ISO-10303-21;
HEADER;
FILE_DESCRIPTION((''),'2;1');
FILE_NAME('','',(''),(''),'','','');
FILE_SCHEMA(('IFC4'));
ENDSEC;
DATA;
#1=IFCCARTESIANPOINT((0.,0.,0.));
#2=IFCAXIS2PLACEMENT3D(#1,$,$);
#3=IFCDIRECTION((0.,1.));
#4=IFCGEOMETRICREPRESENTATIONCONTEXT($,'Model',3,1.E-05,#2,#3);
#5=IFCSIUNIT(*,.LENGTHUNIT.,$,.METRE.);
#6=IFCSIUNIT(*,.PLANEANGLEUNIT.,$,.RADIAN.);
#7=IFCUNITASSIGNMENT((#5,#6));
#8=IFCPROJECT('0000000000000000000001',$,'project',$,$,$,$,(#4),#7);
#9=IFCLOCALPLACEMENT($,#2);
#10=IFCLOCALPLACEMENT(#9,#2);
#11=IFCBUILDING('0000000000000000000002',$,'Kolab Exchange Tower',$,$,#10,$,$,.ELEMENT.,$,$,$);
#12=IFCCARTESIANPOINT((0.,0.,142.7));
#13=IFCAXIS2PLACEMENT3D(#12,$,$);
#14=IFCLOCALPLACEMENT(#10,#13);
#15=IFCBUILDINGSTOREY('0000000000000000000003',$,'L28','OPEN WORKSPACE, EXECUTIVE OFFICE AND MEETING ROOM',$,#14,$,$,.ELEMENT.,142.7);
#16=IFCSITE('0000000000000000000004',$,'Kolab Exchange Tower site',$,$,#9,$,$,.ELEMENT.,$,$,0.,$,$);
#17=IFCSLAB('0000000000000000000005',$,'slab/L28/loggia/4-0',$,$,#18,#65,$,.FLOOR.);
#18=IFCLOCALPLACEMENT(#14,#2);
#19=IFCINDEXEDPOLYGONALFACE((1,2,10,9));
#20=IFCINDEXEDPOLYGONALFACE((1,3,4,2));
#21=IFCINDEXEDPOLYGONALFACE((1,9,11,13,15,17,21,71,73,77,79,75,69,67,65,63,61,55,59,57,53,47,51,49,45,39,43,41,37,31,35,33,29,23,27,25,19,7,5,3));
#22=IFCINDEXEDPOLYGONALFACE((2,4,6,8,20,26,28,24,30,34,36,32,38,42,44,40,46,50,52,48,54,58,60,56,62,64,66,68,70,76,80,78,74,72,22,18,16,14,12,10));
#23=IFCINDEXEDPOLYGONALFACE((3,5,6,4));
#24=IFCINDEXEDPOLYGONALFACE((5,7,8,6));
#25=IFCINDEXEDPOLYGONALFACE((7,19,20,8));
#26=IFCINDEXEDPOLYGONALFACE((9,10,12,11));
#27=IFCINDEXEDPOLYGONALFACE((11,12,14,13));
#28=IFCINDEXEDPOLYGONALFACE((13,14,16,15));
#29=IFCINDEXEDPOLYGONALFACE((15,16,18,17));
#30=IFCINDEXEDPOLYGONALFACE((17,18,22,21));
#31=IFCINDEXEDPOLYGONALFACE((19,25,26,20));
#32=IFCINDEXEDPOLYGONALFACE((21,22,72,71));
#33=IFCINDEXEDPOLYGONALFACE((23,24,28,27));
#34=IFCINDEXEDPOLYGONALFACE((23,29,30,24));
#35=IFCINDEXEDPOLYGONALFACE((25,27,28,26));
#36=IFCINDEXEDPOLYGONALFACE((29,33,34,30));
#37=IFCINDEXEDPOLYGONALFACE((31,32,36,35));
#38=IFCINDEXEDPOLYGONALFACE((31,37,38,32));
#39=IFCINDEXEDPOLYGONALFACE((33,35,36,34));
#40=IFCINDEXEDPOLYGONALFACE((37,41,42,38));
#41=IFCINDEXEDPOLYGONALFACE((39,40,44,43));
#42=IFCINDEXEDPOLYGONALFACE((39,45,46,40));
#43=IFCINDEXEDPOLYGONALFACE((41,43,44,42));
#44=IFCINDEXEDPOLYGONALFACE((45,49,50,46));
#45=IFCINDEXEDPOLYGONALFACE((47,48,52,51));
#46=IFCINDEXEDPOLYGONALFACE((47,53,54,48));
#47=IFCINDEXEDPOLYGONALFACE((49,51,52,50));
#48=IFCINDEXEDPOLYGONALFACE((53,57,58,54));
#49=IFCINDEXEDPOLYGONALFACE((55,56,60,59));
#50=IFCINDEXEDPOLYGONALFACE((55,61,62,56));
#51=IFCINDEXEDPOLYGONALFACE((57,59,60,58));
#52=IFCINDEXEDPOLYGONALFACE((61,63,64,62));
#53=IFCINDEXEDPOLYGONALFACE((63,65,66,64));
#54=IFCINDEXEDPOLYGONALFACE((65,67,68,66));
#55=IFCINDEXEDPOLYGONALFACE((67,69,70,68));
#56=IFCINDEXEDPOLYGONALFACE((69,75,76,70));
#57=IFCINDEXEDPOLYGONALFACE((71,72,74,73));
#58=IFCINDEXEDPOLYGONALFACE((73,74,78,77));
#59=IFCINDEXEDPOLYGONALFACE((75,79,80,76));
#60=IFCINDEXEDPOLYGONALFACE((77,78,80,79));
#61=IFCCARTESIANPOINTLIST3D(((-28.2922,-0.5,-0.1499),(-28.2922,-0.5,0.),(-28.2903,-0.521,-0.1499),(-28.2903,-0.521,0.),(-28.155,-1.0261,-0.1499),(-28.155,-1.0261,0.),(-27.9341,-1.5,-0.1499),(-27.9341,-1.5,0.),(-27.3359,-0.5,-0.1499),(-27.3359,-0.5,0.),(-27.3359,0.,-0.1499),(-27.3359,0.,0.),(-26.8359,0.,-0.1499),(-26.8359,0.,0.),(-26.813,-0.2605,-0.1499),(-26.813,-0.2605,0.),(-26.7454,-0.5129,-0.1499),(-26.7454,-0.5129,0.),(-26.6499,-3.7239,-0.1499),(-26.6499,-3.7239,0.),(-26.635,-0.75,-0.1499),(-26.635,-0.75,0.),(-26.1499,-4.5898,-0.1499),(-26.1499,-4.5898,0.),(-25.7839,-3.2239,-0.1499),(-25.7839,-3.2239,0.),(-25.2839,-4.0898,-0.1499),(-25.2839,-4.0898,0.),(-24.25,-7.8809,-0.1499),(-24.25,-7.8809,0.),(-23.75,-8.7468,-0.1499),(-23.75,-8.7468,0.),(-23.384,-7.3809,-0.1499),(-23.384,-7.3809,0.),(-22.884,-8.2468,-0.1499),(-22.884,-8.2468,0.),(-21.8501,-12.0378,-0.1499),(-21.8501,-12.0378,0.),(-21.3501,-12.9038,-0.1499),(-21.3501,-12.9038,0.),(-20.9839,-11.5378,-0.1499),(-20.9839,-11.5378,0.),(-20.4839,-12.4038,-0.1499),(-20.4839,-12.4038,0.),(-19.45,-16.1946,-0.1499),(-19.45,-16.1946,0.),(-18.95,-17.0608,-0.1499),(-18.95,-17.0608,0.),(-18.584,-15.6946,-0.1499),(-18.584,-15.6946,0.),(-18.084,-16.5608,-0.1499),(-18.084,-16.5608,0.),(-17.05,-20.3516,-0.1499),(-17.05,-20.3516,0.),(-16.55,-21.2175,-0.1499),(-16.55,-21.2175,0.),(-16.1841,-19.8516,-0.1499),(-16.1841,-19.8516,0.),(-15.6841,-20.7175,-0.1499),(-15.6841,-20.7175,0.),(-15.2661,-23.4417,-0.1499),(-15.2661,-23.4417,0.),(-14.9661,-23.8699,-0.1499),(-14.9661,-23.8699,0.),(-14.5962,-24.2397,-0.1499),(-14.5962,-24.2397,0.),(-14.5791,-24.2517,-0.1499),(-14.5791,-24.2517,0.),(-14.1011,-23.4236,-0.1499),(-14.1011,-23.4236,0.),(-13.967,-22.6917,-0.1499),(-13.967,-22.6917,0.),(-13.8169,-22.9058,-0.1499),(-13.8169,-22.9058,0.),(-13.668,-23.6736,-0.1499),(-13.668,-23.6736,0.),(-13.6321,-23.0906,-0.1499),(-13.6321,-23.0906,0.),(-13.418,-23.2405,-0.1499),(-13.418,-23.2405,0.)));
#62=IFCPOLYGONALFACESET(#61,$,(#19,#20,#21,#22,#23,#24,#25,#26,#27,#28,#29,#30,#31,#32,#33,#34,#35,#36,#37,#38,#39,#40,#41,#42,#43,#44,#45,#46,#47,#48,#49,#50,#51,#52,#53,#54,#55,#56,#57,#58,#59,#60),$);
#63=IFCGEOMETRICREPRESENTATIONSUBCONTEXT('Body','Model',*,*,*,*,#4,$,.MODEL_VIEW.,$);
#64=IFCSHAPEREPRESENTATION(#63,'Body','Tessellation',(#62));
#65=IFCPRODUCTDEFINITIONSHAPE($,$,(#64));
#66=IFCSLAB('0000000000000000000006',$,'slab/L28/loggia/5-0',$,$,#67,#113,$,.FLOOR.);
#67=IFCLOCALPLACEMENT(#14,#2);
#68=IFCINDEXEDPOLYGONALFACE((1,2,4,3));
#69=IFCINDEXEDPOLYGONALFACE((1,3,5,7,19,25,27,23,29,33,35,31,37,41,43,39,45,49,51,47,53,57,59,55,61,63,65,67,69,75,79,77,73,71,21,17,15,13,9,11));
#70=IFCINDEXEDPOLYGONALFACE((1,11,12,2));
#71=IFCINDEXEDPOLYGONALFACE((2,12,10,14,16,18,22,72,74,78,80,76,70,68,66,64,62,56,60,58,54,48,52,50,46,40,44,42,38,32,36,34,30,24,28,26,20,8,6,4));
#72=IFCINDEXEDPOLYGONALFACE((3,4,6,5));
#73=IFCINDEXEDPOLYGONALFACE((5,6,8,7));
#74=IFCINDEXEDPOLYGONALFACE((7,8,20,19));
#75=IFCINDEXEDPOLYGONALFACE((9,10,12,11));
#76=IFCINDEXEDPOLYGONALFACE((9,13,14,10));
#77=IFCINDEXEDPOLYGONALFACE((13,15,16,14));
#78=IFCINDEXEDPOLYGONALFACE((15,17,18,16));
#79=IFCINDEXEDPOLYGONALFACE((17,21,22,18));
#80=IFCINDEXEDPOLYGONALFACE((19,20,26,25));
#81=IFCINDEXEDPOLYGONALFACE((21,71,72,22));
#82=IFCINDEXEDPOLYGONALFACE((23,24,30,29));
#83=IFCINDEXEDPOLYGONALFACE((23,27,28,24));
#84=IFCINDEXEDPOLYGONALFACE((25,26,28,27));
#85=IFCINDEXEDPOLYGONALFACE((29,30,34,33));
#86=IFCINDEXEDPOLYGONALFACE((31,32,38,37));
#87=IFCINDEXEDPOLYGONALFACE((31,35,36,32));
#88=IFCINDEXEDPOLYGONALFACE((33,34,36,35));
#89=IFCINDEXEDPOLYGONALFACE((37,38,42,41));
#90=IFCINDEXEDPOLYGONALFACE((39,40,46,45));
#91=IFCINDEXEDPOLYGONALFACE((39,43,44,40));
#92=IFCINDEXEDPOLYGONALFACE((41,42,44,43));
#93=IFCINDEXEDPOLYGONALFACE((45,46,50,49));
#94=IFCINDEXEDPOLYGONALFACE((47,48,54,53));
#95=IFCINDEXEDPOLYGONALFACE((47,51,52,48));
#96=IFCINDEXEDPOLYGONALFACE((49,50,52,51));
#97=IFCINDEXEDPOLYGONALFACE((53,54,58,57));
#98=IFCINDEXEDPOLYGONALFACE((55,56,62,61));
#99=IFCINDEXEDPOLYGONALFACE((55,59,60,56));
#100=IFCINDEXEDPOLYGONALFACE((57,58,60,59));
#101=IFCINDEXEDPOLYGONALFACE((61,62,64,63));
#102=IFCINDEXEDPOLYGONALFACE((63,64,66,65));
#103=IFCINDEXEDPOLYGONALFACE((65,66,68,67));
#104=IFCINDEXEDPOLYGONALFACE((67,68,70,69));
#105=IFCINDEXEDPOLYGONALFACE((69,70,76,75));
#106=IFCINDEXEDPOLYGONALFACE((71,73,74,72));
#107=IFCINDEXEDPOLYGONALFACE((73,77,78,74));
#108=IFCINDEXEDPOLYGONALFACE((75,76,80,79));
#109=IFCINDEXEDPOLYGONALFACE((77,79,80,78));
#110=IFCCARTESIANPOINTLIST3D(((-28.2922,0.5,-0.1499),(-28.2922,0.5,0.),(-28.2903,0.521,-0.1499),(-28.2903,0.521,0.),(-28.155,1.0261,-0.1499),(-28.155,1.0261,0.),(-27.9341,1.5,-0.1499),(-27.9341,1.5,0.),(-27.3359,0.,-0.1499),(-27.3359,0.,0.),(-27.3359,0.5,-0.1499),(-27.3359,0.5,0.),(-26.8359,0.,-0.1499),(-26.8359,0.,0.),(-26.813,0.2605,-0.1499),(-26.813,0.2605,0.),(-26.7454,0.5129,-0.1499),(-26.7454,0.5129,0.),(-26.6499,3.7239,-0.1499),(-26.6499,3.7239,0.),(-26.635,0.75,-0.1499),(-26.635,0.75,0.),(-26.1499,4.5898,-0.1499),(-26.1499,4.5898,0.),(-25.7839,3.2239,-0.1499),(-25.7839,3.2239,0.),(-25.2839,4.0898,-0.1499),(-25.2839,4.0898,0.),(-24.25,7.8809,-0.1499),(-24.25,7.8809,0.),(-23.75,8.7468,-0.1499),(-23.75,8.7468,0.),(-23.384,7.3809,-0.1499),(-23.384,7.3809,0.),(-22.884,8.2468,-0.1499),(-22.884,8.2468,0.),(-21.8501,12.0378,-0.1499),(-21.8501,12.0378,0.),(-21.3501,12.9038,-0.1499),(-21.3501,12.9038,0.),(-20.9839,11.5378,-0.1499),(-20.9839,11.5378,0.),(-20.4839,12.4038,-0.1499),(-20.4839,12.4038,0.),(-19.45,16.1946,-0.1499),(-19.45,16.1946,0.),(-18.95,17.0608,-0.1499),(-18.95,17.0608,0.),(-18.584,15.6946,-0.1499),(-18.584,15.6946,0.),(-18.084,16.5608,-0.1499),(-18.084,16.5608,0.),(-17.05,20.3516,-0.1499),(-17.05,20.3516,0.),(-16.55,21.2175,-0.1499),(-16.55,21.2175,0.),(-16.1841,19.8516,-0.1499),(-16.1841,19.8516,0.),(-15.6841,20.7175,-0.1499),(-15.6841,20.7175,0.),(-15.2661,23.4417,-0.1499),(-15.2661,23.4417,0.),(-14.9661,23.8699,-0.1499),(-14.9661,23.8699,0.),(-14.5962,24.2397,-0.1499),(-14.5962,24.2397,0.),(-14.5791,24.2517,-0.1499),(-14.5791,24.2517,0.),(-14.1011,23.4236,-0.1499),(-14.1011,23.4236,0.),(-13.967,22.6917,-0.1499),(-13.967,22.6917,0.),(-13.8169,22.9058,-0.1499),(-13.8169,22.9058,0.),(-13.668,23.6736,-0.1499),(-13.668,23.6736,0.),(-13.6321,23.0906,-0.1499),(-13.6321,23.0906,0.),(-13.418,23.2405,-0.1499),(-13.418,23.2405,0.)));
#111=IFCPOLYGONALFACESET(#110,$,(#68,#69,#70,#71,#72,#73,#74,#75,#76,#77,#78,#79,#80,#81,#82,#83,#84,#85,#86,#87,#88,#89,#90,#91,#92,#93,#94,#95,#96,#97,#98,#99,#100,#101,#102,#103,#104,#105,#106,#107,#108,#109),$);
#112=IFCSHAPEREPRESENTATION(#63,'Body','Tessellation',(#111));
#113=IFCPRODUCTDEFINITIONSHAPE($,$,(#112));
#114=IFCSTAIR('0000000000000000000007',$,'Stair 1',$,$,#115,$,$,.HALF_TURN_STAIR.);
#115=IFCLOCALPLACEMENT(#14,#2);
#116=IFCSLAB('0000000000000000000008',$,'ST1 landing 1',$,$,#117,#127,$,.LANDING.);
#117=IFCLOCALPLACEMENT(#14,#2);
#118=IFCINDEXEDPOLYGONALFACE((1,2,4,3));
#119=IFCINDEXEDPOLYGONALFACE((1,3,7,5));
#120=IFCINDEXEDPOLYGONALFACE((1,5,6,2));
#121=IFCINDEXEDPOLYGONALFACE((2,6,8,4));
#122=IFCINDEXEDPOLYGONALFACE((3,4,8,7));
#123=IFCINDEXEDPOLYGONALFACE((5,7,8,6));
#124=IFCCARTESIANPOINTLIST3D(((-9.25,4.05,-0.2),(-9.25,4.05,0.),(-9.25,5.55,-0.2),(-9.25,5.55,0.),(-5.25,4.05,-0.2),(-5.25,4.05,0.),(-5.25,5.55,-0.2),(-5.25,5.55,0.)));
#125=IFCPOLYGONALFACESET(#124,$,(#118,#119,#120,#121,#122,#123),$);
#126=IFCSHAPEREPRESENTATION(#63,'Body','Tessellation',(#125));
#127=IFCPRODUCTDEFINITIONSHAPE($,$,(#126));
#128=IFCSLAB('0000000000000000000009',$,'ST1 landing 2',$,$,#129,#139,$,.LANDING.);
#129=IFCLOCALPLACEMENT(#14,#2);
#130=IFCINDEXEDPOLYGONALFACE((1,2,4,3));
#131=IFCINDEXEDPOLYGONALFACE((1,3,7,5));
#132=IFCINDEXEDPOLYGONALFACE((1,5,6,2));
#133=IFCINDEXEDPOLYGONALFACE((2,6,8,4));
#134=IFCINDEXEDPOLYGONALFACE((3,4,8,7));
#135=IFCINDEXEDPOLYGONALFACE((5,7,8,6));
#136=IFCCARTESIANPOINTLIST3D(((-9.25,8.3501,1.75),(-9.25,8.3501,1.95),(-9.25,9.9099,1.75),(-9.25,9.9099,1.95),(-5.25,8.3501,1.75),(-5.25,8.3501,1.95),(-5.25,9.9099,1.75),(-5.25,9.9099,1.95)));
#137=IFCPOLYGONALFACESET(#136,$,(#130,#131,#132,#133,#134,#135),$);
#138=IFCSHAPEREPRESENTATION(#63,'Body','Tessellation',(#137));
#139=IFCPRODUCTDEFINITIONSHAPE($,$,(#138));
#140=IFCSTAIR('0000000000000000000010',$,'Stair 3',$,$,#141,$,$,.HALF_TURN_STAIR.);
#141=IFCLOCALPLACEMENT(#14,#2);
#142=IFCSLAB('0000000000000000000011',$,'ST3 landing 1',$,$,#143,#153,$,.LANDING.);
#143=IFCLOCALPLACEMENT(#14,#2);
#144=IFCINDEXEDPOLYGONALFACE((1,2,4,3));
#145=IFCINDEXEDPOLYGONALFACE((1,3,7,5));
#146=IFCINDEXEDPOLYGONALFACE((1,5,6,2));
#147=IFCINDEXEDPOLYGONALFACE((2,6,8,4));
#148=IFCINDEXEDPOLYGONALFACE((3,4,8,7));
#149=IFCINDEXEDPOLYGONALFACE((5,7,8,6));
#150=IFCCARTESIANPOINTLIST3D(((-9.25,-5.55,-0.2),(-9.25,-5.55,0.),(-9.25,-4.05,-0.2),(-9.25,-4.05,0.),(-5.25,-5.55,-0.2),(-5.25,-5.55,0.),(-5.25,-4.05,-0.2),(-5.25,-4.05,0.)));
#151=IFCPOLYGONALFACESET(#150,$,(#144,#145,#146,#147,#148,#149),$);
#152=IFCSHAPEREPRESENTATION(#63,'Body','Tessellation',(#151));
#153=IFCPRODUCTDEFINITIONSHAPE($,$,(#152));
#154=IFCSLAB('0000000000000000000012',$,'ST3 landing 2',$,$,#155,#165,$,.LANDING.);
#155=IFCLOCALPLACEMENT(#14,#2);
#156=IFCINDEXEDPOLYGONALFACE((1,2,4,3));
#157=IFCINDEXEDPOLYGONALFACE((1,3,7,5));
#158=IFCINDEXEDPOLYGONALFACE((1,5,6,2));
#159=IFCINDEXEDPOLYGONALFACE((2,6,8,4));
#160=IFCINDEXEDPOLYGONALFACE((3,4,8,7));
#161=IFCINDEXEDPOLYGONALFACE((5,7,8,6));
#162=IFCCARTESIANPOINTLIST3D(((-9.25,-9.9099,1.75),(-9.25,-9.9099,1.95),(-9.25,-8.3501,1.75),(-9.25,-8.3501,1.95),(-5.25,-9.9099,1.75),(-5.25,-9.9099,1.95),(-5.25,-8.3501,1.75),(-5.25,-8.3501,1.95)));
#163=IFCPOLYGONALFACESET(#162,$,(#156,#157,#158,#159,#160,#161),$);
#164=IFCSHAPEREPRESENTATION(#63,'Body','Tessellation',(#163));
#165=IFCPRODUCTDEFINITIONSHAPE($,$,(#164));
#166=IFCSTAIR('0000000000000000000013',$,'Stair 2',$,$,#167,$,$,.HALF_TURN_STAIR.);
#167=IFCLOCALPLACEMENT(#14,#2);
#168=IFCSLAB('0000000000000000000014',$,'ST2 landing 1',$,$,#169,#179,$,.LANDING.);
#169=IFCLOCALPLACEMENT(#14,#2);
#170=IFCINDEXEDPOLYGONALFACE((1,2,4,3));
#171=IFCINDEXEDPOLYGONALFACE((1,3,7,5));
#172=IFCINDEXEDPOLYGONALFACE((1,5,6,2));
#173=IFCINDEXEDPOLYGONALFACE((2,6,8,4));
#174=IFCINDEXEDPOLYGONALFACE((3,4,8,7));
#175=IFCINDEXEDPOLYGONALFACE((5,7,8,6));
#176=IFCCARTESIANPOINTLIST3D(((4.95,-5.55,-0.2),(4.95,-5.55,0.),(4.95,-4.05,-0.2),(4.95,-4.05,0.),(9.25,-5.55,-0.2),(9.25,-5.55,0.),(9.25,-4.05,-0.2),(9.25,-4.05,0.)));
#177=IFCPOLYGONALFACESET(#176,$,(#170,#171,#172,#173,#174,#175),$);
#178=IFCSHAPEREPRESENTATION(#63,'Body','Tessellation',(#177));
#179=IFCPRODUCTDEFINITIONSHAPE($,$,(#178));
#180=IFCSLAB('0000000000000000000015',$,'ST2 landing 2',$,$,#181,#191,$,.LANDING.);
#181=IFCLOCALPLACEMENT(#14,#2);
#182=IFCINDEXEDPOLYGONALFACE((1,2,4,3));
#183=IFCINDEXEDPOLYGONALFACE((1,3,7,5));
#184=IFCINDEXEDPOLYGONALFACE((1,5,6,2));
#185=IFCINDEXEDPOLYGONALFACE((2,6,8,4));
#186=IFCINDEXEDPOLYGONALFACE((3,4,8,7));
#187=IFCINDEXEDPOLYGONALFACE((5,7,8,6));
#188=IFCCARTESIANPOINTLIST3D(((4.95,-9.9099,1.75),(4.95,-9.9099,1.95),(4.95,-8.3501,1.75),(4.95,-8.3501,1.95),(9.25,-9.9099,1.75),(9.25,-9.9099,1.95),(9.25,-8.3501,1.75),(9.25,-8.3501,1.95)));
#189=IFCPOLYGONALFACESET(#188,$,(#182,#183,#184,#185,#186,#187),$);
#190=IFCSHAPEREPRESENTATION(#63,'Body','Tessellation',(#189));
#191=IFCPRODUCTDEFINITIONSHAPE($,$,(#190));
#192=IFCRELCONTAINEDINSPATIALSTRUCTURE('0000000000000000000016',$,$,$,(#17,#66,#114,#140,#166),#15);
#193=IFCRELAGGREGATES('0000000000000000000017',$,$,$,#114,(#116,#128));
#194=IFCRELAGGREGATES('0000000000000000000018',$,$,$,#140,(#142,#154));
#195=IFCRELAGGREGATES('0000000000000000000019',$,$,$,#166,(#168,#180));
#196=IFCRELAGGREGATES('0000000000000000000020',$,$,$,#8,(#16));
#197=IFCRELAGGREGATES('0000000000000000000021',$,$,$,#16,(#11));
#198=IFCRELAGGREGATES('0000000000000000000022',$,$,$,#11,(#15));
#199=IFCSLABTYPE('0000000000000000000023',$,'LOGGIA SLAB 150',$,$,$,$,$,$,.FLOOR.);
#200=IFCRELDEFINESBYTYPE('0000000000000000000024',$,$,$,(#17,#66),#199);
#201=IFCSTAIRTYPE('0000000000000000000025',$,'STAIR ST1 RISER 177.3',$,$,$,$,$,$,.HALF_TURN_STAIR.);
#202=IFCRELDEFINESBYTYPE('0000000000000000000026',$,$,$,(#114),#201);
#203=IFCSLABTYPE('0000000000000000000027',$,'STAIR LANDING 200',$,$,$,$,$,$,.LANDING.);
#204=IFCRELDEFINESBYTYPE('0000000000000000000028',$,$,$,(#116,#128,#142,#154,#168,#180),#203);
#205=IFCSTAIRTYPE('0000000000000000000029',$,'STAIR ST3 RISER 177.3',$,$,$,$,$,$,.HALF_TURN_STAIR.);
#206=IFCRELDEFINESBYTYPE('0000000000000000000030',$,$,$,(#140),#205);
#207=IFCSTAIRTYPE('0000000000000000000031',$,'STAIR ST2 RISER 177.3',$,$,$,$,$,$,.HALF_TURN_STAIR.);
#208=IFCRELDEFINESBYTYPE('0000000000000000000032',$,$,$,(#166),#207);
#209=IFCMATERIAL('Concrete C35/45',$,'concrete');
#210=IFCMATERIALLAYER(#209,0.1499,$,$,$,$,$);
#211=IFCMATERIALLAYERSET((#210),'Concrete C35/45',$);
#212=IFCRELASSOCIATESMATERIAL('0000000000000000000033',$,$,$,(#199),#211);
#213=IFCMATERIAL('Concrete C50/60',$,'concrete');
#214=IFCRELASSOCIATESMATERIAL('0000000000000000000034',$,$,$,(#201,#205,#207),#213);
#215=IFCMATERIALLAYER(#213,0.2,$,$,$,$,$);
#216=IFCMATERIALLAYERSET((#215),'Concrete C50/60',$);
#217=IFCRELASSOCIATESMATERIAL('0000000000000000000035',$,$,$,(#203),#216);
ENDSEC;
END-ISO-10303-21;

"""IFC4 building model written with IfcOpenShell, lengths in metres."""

from ifc_helpers import new_model, si_unit, direction, frame, origin, place, context, subcontext, project, spatial, polyline, outline, extrude, material, layer, layer_set, type_object, element, aggregate, save


model = new_model("IFC4")

# Units and contexts
model_context = context("Model", 3, precision=1e-05, world=origin(), true_north=direction((0.0, 1.0)))
body_context = subcontext(model_context, "Body", "Model", "MODEL_VIEW")
ifc_project = project(units=[si_unit("LENGTHUNIT", "METRE"), si_unit("PLANEANGLEUNIT", "RADIAN")], contexts=[model_context])

# Site, building, storey
site_placement = place(None, origin())
site = spatial("IfcSite", under=ifc_project, at=site_placement, Name="Kolab Exchange Tower site", CompositionType="ELEMENT", RefElevation=0.0)
building_placement = place(site_placement, origin())
building = spatial("IfcBuilding", under=site, at=building_placement, Name="Kolab Exchange Tower", CompositionType="ELEMENT")
storey_placement = place(building_placement, frame((0.0, 0.0, 142.7)))
storey = spatial("IfcBuildingStorey", under=building, at=storey_placement, Name="L28", Description="OPEN WORKSPACE, EXECUTIVE OFFICE AND MEETING ROOM", CompositionType="ELEMENT", Elevation=142.7)

# Slabs
ifc_material_1 = material(Name="Concrete C35/45", Category="concrete")
ifc_layer_1 = layer(ifc_material_1, 0.1499)
ifc_layer_set_1 = layer_set([ifc_layer_1], Name="Concrete C35/45")
slab_type_1 = type_object("IfcSlabType", Name="LOGGIA SLAB 150", PredefinedType="FLOOR", material=ifc_layer_set_1)
slab_1_placement = place(storey_placement, frame((0.0, 0.0, -0.1499)))
element("IfcSlab", 1, at=slab_1_placement, inside=storey, type_object=slab_type_1, Name="slab/L28/loggia/4-0", PredefinedType="FLOOR", context=body_context, shape_type="SweptSolid", body=[
    extrude(outline(polyline([(-26.8359, 0.0), (-27.3359, 0.0), (-27.3359, -0.5), (-28.2922, -0.5), (-28.2903, -0.521), (-28.155, -1.0261), (-27.9341, -1.5), (-26.6499, -3.7239), (-25.7839, -3.2239), (-25.2839, -4.0898), (-26.1499, -4.5898), (-24.25, -7.8809), (-23.384, -7.3809), (-22.884, -8.2468), (-23.75, -8.7468), (-21.8501, -12.0378), (-20.9839, -11.5378), (-20.4839, -12.4038), (-21.3501, -12.9038), (-19.45, -16.1946), (-18.584, -15.6946), (-18.084, -16.5608), (-18.95, -17.0608), (-17.05, -20.3516), (-16.1841, -19.8516), (-15.6841, -20.7175), (-16.55, -21.2175), (-15.2661, -23.4417), (-14.9661, -23.8699), (-14.5962, -24.2397), (-14.5791, -24.2517), (-14.1011, -23.4236), (-13.668, -23.6736), (-13.418, -23.2405), (-13.6321, -23.0906), (-13.8169, -22.9058), (-13.967, -22.6917), (-26.635, -0.75), (-26.7454, -0.5129), (-26.813, -0.2605), (-26.8359, 0.0)])), origin(), (0.0, 0.0, 1.0), 0.1499),
])
slab_2_placement = place(storey_placement, frame((0.0, 0.0, -0.1499)))
element("IfcSlab", 2, at=slab_2_placement, inside=storey, type_object=slab_type_1, Name="slab/L28/loggia/5-0", PredefinedType="FLOOR", context=body_context, shape_type="SweptSolid", body=[
    extrude(outline(polyline([(-13.418, 23.2405), (-13.668, 23.6736), (-14.1011, 23.4236), (-14.5791, 24.2517), (-14.5962, 24.2397), (-14.9661, 23.8699), (-15.2661, 23.4417), (-16.55, 21.2175), (-15.6841, 20.7175), (-16.1841, 19.8516), (-17.05, 20.3516), (-18.95, 17.0608), (-18.084, 16.5608), (-18.584, 15.6946), (-19.45, 16.1946), (-21.3501, 12.9038), (-20.4839, 12.4038), (-20.9839, 11.5378), (-21.8501, 12.0378), (-23.75, 8.7468), (-22.884, 8.2468), (-23.384, 7.3809), (-24.25, 7.8809), (-26.1499, 4.5898), (-25.2839, 4.0898), (-25.7839, 3.2239), (-26.6499, 3.7239), (-27.9341, 1.5), (-28.155, 1.0261), (-28.2903, 0.521), (-28.2922, 0.5), (-27.3359, 0.5), (-27.3359, 0.0), (-26.8359, 0.0), (-26.813, 0.2605), (-26.7454, 0.5129), (-26.635, 0.75), (-13.967, 22.6917), (-13.8169, 22.9058), (-13.6321, 23.0906), (-13.418, 23.2405)])), origin(), (0.0, 0.0, 1.0), 0.1499),
])

# Stairs, slabs
ifc_material_2 = material(Name="Concrete C50/60", Category="concrete")
stair_type_1 = type_object("IfcStairType", Name="STAIR ST1 RISER 177.3", PredefinedType="HALF_TURN_STAIR", material=ifc_material_2)
stair_1_placement = place(storey_placement, origin())
stair_1 = element("IfcStair", 3, at=stair_1_placement, inside=storey, type_object=stair_type_1, Name="Stair 1", PredefinedType="HALF_TURN_STAIR")
ifc_layer_2 = layer(ifc_material_2, 0.2)
ifc_layer_set_2 = layer_set([ifc_layer_2], Name="Concrete C50/60")
slab_type_2 = type_object("IfcSlabType", Name="STAIR LANDING 200", PredefinedType="LANDING", material=ifc_layer_set_2)
slab_3_placement = place(storey_placement, frame((0.0, 0.0, -0.2)))
slab_3 = element("IfcSlab", 4, at=slab_3_placement, type_object=slab_type_2, Name="ST1 landing 1", PredefinedType="LANDING", context=body_context, shape_type="SweptSolid", body=[
    extrude(outline(polyline([(-9.25, 4.05), (-5.25, 4.05), (-5.25, 5.55), (-9.25, 5.55), (-9.25, 4.05)])), origin(), (0.0, 0.0, 1.0), 0.2),
])
slab_4_placement = place(storey_placement, frame((0.0, 0.0, 1.75)))
slab_4 = element("IfcSlab", 5, at=slab_4_placement, type_object=slab_type_2, Name="ST1 landing 2", PredefinedType="LANDING", context=body_context, shape_type="SweptSolid", body=[
    extrude(outline(polyline([(-9.25, 8.3501), (-5.25, 8.3501), (-5.25, 9.9099), (-9.25, 9.9099), (-9.25, 8.3501)])), origin(), (0.0, 0.0, 1.0), 0.2),
])
aggregate(stair_1, [slab_3, slab_4])
stair_type_2 = type_object("IfcStairType", Name="STAIR ST3 RISER 177.3", PredefinedType="HALF_TURN_STAIR", material=ifc_material_2)
stair_2_placement = place(storey_placement, origin())
stair_2 = element("IfcStair", 6, at=stair_2_placement, inside=storey, type_object=stair_type_2, Name="Stair 3", PredefinedType="HALF_TURN_STAIR")
slab_5_placement = place(storey_placement, frame((0.0, 0.0, -0.2)))
slab_5 = element("IfcSlab", 7, at=slab_5_placement, type_object=slab_type_2, Name="ST3 landing 1", PredefinedType="LANDING", context=body_context, shape_type="SweptSolid", body=[
    extrude(outline(polyline([(-9.25, -5.55), (-5.25, -5.55), (-5.25, -4.05), (-9.25, -4.05), (-9.25, -5.55)])), origin(), (0.0, 0.0, 1.0), 0.2),
])
slab_6_placement = place(storey_placement, frame((0.0, 0.0, 1.75)))
slab_6 = element("IfcSlab", 8, at=slab_6_placement, type_object=slab_type_2, Name="ST3 landing 2", PredefinedType="LANDING", context=body_context, shape_type="SweptSolid", body=[
    extrude(outline(polyline([(-9.25, -9.9099), (-5.25, -9.9099), (-5.25, -8.3501), (-9.25, -8.3501), (-9.25, -9.9099)])), origin(), (0.0, 0.0, 1.0), 0.2),
])
aggregate(stair_2, [slab_5, slab_6])
stair_type_3 = type_object("IfcStairType", Name="STAIR ST2 RISER 177.3", PredefinedType="HALF_TURN_STAIR", material=ifc_material_2)
stair_3_placement = place(storey_placement, origin())
stair_3 = element("IfcStair", 9, at=stair_3_placement, inside=storey, type_object=stair_type_3, Name="Stair 2", PredefinedType="HALF_TURN_STAIR")
slab_7_placement = place(storey_placement, frame((0.0, 0.0, -0.2)))
slab_7 = element("IfcSlab", 10, at=slab_7_placement, type_object=slab_type_2, Name="ST2 landing 1", PredefinedType="LANDING", context=body_context, shape_type="SweptSolid", body=[
    extrude(outline(polyline([(4.95, -5.55), (9.25, -5.55), (9.25, -4.05), (4.95, -4.05), (4.95, -5.55)])), origin(), (0.0, 0.0, 1.0), 0.2),
])
slab_8_placement = place(storey_placement, frame((0.0, 0.0, 1.75)))
slab_8 = element("IfcSlab", 11, at=slab_8_placement, type_object=slab_type_2, Name="ST2 landing 2", PredefinedType="LANDING", context=body_context, shape_type="SweptSolid", body=[
    extrude(outline(polyline([(4.95, -9.9099), (9.25, -9.9099), (9.25, -8.3501), (4.95, -8.3501), (4.95, -9.9099)])), origin(), (0.0, 0.0, 1.0), 0.2),
])
aggregate(stair_3, [slab_7, slab_8])

save(model, "model.ifc")
